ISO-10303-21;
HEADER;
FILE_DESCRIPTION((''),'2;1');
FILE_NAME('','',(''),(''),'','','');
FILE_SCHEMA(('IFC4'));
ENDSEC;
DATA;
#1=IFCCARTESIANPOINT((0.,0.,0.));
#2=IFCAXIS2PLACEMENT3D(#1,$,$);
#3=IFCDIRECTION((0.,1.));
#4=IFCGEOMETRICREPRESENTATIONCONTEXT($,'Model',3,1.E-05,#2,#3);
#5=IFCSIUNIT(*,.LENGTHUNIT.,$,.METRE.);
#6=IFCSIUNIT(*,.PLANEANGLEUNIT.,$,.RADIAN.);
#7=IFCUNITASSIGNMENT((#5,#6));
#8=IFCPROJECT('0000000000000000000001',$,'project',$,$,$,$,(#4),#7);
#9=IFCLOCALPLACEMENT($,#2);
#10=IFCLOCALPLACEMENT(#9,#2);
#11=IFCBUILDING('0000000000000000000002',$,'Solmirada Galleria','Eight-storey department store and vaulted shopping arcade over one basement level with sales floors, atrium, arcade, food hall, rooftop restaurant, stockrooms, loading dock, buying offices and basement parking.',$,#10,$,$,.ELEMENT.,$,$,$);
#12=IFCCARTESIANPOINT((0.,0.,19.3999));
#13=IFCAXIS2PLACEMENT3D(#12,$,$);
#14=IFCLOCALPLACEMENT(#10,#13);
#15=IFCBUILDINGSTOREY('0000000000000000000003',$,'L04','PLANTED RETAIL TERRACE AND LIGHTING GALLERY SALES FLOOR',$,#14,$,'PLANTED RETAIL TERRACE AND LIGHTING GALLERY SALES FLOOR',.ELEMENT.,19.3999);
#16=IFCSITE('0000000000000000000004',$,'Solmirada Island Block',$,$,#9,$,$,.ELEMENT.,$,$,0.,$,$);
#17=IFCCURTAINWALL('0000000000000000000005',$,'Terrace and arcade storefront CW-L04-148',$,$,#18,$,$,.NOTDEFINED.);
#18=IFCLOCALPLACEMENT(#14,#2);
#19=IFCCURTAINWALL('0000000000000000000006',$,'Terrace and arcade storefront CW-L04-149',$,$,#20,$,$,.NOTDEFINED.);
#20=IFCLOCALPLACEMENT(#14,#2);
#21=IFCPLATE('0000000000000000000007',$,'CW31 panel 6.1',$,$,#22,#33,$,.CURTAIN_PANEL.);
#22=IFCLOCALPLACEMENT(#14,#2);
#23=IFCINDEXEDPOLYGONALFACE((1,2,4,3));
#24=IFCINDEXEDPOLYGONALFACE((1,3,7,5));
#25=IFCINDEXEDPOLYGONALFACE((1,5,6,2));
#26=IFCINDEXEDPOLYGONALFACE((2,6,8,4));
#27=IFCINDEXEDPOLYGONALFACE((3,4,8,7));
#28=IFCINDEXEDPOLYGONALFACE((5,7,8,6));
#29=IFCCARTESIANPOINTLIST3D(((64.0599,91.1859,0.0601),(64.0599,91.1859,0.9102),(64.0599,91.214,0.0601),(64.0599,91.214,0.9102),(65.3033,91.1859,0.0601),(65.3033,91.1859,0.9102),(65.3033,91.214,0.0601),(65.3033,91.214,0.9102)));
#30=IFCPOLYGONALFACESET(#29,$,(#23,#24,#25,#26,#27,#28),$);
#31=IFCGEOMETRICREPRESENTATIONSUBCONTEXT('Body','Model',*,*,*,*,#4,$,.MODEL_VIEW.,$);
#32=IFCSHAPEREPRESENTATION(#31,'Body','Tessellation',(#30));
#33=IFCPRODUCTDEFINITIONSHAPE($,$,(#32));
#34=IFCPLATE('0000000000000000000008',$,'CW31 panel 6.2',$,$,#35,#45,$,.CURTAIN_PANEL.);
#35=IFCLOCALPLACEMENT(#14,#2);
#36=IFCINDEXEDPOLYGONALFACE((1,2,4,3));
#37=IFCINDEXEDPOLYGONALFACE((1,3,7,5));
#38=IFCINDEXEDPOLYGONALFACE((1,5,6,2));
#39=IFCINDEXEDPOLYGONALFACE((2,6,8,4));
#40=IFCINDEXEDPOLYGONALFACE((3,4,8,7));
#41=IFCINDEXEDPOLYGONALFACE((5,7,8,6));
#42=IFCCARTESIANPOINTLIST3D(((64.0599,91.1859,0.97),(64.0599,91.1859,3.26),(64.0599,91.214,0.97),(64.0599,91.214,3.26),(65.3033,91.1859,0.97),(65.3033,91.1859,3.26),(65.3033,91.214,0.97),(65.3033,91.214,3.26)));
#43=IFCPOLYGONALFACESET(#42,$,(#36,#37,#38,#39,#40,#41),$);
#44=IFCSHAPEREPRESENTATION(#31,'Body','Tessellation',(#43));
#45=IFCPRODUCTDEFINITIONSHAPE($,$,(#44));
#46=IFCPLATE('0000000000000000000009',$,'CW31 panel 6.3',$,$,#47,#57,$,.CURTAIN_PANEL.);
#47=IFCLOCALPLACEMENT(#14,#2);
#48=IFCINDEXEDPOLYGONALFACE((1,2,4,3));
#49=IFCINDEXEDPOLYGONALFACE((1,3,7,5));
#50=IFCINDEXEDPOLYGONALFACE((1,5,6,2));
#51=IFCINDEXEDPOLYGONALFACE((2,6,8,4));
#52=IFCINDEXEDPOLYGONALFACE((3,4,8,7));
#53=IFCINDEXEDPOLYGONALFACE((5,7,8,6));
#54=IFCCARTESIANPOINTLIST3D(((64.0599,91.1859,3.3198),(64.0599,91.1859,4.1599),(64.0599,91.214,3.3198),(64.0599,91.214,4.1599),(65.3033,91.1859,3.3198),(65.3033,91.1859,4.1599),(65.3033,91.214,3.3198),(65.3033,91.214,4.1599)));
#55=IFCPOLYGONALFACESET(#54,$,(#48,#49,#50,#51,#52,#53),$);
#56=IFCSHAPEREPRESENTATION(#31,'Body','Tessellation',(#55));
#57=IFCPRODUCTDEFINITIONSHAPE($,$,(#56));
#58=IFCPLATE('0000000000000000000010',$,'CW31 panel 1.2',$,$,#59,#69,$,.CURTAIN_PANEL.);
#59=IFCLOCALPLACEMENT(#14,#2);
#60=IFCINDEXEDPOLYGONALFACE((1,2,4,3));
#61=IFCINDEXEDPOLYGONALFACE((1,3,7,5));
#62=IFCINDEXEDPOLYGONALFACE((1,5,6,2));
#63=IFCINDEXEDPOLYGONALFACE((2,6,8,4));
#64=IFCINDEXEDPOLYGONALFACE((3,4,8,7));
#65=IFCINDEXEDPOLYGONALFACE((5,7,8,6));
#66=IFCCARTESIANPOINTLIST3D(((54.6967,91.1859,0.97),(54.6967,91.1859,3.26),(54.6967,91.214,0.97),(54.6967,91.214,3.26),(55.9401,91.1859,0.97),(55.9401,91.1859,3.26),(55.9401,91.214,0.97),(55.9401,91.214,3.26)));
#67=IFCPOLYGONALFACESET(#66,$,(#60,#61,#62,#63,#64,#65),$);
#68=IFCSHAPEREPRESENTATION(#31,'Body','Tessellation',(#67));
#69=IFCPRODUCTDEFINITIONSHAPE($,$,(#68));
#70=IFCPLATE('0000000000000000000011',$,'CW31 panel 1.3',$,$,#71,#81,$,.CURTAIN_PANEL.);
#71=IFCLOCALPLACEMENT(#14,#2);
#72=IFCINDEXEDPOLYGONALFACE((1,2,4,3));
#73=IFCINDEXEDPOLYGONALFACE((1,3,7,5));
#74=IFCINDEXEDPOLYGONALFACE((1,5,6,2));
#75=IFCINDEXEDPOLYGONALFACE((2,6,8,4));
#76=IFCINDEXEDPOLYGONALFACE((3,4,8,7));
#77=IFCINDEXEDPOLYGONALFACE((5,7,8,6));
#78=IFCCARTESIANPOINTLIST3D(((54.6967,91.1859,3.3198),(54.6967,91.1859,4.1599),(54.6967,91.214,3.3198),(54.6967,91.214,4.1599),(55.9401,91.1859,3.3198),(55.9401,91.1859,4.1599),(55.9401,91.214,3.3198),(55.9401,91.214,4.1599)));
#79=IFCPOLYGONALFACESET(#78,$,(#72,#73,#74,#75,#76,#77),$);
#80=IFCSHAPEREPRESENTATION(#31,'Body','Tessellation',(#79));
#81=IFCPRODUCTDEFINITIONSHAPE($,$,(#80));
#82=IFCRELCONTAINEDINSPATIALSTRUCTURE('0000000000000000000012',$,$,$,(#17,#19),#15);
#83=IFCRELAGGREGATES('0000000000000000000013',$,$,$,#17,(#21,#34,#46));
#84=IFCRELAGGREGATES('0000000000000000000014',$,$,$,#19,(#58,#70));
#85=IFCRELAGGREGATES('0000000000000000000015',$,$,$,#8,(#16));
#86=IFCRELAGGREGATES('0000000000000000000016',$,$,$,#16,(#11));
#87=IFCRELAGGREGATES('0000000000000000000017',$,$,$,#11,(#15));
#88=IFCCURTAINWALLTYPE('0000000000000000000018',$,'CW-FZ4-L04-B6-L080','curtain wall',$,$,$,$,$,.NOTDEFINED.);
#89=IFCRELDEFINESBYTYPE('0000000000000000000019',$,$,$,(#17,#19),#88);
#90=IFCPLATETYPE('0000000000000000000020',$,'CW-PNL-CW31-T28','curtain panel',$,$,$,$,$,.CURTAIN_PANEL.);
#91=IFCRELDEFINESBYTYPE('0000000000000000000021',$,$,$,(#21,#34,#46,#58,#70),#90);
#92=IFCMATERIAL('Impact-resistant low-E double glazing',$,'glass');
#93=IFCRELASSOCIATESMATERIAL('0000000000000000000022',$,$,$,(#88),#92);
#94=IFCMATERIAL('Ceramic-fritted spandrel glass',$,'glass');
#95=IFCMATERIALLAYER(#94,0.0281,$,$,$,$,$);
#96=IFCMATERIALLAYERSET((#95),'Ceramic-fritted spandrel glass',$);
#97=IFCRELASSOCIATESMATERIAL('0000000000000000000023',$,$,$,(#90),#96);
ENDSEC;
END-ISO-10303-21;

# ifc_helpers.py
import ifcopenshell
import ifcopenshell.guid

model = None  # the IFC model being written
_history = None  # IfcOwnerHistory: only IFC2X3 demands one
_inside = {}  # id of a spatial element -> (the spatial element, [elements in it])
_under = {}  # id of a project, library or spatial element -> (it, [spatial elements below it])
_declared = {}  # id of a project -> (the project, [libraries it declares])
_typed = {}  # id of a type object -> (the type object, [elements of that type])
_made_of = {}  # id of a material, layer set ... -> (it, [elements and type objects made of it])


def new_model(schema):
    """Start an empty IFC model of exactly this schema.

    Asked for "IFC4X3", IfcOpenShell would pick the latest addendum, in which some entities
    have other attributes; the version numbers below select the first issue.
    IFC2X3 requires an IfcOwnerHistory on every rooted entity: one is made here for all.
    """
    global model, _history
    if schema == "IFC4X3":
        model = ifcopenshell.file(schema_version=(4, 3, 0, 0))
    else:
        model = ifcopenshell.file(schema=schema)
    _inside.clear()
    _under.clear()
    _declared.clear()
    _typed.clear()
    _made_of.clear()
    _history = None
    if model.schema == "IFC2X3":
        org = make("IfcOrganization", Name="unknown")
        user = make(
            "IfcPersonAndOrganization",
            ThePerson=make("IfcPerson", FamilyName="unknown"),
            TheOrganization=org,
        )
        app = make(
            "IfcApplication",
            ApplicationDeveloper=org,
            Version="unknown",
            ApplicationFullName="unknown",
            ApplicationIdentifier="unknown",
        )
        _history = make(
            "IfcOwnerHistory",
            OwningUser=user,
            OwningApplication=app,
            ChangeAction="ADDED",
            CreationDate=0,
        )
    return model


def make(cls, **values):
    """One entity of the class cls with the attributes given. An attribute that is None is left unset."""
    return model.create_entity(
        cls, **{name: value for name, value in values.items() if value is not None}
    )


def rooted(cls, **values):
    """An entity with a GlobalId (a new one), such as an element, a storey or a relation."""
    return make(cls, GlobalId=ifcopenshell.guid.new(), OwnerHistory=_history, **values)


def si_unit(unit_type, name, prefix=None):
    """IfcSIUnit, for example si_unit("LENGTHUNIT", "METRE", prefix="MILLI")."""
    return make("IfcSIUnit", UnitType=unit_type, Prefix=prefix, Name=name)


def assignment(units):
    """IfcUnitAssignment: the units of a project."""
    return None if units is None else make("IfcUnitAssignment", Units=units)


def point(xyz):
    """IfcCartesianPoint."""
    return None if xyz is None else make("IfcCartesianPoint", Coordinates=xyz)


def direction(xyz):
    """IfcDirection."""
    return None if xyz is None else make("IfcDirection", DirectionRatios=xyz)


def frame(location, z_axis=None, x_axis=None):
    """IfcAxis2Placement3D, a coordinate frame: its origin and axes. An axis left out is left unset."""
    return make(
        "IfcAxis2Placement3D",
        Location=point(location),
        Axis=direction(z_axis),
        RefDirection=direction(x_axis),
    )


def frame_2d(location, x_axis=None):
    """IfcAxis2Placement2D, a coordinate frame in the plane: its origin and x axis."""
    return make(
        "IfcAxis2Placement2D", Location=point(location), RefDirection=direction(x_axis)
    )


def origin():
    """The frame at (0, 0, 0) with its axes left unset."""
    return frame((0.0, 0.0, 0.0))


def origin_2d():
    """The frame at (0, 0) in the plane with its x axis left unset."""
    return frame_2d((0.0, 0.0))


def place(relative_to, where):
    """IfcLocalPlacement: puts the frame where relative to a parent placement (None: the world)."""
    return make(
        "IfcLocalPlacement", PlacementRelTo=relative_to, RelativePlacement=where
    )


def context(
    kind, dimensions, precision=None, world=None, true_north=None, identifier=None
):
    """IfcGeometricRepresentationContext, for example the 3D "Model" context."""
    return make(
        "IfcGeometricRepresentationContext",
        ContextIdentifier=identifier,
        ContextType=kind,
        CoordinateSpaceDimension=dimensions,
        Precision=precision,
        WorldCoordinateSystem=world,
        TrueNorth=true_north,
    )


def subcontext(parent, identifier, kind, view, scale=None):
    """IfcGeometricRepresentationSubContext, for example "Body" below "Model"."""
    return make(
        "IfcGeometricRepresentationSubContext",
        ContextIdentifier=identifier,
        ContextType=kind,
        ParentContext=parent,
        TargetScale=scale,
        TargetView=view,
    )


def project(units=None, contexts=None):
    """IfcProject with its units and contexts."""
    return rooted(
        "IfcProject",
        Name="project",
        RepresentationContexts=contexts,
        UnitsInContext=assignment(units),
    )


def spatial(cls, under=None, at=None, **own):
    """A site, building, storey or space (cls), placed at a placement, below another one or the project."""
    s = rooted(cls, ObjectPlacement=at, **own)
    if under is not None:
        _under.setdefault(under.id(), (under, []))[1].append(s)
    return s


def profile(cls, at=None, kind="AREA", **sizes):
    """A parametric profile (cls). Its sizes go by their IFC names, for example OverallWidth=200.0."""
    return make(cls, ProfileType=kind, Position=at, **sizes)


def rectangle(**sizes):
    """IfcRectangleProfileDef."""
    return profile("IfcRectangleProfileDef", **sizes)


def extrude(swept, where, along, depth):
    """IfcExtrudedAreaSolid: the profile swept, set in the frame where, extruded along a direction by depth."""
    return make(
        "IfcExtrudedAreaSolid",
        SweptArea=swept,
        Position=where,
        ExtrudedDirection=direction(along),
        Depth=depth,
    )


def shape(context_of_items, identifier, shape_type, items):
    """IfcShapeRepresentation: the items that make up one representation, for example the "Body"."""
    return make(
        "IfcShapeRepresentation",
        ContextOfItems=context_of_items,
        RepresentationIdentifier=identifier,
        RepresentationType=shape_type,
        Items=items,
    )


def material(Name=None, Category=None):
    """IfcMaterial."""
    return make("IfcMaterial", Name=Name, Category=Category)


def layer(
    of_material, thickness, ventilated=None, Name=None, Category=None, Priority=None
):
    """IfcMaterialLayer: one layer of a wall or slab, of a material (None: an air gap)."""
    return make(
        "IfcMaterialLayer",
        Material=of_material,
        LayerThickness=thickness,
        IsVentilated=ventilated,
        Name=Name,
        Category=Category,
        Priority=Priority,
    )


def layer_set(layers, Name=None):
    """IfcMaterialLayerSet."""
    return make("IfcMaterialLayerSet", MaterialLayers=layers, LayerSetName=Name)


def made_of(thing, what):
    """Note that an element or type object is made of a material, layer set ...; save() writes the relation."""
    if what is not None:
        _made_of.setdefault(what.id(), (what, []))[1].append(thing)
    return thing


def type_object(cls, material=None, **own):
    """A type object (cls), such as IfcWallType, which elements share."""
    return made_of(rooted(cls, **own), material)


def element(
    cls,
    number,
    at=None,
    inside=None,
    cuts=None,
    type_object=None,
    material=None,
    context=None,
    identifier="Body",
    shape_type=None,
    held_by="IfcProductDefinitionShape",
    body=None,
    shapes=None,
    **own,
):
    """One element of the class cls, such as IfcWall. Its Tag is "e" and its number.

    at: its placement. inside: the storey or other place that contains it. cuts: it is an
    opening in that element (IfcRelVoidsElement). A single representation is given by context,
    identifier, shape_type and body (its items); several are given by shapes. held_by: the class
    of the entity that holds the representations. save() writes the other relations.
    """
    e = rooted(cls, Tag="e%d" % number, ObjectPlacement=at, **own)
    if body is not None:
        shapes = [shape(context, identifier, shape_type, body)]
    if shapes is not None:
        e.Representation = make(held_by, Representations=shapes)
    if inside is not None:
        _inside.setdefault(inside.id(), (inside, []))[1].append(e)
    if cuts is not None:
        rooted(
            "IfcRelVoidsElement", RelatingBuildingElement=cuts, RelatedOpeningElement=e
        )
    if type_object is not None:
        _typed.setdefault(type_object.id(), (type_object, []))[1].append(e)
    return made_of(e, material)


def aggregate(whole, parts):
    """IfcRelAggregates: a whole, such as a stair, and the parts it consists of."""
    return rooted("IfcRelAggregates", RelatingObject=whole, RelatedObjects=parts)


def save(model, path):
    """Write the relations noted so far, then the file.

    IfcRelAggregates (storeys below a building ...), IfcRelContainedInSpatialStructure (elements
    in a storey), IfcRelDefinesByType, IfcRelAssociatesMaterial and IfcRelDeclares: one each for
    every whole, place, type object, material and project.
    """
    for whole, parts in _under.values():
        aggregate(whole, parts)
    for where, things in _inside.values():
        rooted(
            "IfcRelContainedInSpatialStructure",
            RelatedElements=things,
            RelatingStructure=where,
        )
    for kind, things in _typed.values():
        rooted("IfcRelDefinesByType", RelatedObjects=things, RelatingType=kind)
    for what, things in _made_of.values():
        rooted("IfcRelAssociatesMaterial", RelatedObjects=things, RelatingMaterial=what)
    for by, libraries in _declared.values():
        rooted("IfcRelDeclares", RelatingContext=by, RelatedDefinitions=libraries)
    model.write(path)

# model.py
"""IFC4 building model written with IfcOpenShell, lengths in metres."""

from ifc_helpers import new_model, si_unit, direction, frame, origin, origin_2d, place, context, subcontext, project, spatial, rectangle, extrude, material, layer, layer_set, type_object, element, aggregate, save


model = new_model("IFC4")

# Units and contexts
model_context = context("Model", 3, precision=1e-05, world=origin(), true_north=direction((0.0, 1.0)))
body_context = subcontext(model_context, "Body", "Model", "MODEL_VIEW")
ifc_project = project(units=[si_unit("LENGTHUNIT", "METRE"), si_unit("PLANEANGLEUNIT", "RADIAN")], contexts=[model_context])

# Site, building, storey
site_placement = place(None, origin())
site = spatial("IfcSite", under=ifc_project, at=site_placement, Name="Solmirada Island Block", CompositionType="ELEMENT", RefElevation=0.0)
building_placement = place(site_placement, origin())
building = spatial("IfcBuilding", under=site, at=building_placement, Name="Solmirada Galleria", Description="Eight-storey department store and vaulted shopping arcade over one basement level with sales floors, atrium, arcade, food hall, rooftop restaurant, stockrooms, loading dock, buying offices and basement parking.", CompositionType="ELEMENT")
storey_placement = place(building_placement, frame((0.0, 0.0, 19.3999)))
storey = spatial("IfcBuildingStorey", under=building, at=storey_placement, Name="L04", Description="PLANTED RETAIL TERRACE AND LIGHTING GALLERY SALES FLOOR", LongName="PLANTED RETAIL TERRACE AND LIGHTING GALLERY SALES FLOOR", CompositionType="ELEMENT", Elevation=19.3999)

# Curtain wall
ifc_material_1 = material(Name="Impact-resistant low-E double glazing", Category="glass")
curtain_wall_type = type_object("IfcCurtainWallType", Name="CW-FZ4-L04-B6-L080", Description="curtain wall", PredefinedType="NOTDEFINED", material=ifc_material_1)
curtain_wall_1_placement = place(storey_placement, origin())
curtain_wall_1 = element("IfcCurtainWall", 1, at=curtain_wall_1_placement, inside=storey, type_object=curtain_wall_type, Name="Terrace and arcade storefront CW-L04-148", PredefinedType="NOTDEFINED")

# Curtain wall
curtain_wall_2_placement = place(storey_placement, origin())
curtain_wall_2 = element("IfcCurtainWall", 2, at=curtain_wall_2_placement, inside=storey, type_object=curtain_wall_type, Name="Terrace and arcade storefront CW-L04-149", PredefinedType="NOTDEFINED")

# Plates
ifc_material_2 = material(Name="Ceramic-fritted spandrel glass", Category="glass")
ifc_layer_1 = layer(ifc_material_2, 0.0281)
ifc_layer_set_1 = layer_set([ifc_layer_1], Name="Ceramic-fritted spandrel glass")
plate_type = type_object("IfcPlateType", Name="CW-PNL-CW31-T28", Description="curtain panel", PredefinedType="CURTAIN_PANEL", material=ifc_layer_set_1)
plate_1_placement = place(storey_placement, frame((64.6816, 91.2, 0.0601), z_axis=(0.0, 0.0, 1.0), x_axis=(-1.0, 0.0, 0.0)))
plate_1 = element("IfcPlate", 3, at=plate_1_placement, type_object=plate_type, Name="CW31 panel 6.1", PredefinedType="CURTAIN_PANEL", context=body_context, shape_type="SweptSolid", body=[
    extrude(rectangle(XDim=1.2434, YDim=0.0281, at=origin_2d()), origin(), (0.0, 0.0, 1.0), 0.8501),
])
plate_2_placement = place(storey_placement, frame((64.6816, 91.2, 0.97), z_axis=(0.0, 0.0, 1.0), x_axis=(-1.0, 0.0, 0.0)))
plate_2 = element("IfcPlate", 4, at=plate_2_placement, type_object=plate_type, Name="CW31 panel 6.2", PredefinedType="CURTAIN_PANEL", context=body_context, shape_type="SweptSolid", body=[
    extrude(rectangle(XDim=1.2434, YDim=0.0281, at=origin_2d()), origin(), (0.0, 0.0, 1.0), 2.29),
])
plate_3_placement = place(storey_placement, frame((64.6816, 91.2, 3.3198), z_axis=(0.0, 0.0, 1.0), x_axis=(-1.0, 0.0, 0.0)))
plate_3 = element("IfcPlate", 5, at=plate_3_placement, type_object=plate_type, Name="CW31 panel 6.3", PredefinedType="CURTAIN_PANEL", context=body_context, shape_type="SweptSolid", body=[
    extrude(rectangle(XDim=1.2434, YDim=0.0281, at=origin_2d()), origin(), (0.0, 0.0, 1.0), 0.8401),
])
aggregate(curtain_wall_1, [plate_1, plate_2, plate_3])
plate_4_placement = place(storey_placement, frame((55.3184, 91.2, 0.97), z_axis=(0.0, 0.0, 1.0), x_axis=(-1.0, 0.0, 0.0)))
plate_4 = element("IfcPlate", 6, at=plate_4_placement, type_object=plate_type, Name="CW31 panel 1.2", PredefinedType="CURTAIN_PANEL", context=body_context, shape_type="SweptSolid", body=[
    extrude(rectangle(XDim=1.2434, YDim=0.0281, at=origin_2d()), origin(), (0.0, 0.0, 1.0), 2.29),
])
plate_5_placement = place(storey_placement, frame((55.3184, 91.2, 3.3198), z_axis=(0.0, 0.0, 1.0), x_axis=(-1.0, 0.0, 0.0)))
plate_5 = element("IfcPlate", 7, at=plate_5_placement, type_object=plate_type, Name="CW31 panel 1.3", PredefinedType="CURTAIN_PANEL", context=body_context, shape_type="SweptSolid", body=[
    extrude(rectangle(XDim=1.2434, YDim=0.0281, at=origin_2d()), origin(), (0.0, 0.0, 1.0), 0.8401),
])
aggregate(curtain_wall_2, [plate_4, plate_5])

save(model, "model.ifc")
